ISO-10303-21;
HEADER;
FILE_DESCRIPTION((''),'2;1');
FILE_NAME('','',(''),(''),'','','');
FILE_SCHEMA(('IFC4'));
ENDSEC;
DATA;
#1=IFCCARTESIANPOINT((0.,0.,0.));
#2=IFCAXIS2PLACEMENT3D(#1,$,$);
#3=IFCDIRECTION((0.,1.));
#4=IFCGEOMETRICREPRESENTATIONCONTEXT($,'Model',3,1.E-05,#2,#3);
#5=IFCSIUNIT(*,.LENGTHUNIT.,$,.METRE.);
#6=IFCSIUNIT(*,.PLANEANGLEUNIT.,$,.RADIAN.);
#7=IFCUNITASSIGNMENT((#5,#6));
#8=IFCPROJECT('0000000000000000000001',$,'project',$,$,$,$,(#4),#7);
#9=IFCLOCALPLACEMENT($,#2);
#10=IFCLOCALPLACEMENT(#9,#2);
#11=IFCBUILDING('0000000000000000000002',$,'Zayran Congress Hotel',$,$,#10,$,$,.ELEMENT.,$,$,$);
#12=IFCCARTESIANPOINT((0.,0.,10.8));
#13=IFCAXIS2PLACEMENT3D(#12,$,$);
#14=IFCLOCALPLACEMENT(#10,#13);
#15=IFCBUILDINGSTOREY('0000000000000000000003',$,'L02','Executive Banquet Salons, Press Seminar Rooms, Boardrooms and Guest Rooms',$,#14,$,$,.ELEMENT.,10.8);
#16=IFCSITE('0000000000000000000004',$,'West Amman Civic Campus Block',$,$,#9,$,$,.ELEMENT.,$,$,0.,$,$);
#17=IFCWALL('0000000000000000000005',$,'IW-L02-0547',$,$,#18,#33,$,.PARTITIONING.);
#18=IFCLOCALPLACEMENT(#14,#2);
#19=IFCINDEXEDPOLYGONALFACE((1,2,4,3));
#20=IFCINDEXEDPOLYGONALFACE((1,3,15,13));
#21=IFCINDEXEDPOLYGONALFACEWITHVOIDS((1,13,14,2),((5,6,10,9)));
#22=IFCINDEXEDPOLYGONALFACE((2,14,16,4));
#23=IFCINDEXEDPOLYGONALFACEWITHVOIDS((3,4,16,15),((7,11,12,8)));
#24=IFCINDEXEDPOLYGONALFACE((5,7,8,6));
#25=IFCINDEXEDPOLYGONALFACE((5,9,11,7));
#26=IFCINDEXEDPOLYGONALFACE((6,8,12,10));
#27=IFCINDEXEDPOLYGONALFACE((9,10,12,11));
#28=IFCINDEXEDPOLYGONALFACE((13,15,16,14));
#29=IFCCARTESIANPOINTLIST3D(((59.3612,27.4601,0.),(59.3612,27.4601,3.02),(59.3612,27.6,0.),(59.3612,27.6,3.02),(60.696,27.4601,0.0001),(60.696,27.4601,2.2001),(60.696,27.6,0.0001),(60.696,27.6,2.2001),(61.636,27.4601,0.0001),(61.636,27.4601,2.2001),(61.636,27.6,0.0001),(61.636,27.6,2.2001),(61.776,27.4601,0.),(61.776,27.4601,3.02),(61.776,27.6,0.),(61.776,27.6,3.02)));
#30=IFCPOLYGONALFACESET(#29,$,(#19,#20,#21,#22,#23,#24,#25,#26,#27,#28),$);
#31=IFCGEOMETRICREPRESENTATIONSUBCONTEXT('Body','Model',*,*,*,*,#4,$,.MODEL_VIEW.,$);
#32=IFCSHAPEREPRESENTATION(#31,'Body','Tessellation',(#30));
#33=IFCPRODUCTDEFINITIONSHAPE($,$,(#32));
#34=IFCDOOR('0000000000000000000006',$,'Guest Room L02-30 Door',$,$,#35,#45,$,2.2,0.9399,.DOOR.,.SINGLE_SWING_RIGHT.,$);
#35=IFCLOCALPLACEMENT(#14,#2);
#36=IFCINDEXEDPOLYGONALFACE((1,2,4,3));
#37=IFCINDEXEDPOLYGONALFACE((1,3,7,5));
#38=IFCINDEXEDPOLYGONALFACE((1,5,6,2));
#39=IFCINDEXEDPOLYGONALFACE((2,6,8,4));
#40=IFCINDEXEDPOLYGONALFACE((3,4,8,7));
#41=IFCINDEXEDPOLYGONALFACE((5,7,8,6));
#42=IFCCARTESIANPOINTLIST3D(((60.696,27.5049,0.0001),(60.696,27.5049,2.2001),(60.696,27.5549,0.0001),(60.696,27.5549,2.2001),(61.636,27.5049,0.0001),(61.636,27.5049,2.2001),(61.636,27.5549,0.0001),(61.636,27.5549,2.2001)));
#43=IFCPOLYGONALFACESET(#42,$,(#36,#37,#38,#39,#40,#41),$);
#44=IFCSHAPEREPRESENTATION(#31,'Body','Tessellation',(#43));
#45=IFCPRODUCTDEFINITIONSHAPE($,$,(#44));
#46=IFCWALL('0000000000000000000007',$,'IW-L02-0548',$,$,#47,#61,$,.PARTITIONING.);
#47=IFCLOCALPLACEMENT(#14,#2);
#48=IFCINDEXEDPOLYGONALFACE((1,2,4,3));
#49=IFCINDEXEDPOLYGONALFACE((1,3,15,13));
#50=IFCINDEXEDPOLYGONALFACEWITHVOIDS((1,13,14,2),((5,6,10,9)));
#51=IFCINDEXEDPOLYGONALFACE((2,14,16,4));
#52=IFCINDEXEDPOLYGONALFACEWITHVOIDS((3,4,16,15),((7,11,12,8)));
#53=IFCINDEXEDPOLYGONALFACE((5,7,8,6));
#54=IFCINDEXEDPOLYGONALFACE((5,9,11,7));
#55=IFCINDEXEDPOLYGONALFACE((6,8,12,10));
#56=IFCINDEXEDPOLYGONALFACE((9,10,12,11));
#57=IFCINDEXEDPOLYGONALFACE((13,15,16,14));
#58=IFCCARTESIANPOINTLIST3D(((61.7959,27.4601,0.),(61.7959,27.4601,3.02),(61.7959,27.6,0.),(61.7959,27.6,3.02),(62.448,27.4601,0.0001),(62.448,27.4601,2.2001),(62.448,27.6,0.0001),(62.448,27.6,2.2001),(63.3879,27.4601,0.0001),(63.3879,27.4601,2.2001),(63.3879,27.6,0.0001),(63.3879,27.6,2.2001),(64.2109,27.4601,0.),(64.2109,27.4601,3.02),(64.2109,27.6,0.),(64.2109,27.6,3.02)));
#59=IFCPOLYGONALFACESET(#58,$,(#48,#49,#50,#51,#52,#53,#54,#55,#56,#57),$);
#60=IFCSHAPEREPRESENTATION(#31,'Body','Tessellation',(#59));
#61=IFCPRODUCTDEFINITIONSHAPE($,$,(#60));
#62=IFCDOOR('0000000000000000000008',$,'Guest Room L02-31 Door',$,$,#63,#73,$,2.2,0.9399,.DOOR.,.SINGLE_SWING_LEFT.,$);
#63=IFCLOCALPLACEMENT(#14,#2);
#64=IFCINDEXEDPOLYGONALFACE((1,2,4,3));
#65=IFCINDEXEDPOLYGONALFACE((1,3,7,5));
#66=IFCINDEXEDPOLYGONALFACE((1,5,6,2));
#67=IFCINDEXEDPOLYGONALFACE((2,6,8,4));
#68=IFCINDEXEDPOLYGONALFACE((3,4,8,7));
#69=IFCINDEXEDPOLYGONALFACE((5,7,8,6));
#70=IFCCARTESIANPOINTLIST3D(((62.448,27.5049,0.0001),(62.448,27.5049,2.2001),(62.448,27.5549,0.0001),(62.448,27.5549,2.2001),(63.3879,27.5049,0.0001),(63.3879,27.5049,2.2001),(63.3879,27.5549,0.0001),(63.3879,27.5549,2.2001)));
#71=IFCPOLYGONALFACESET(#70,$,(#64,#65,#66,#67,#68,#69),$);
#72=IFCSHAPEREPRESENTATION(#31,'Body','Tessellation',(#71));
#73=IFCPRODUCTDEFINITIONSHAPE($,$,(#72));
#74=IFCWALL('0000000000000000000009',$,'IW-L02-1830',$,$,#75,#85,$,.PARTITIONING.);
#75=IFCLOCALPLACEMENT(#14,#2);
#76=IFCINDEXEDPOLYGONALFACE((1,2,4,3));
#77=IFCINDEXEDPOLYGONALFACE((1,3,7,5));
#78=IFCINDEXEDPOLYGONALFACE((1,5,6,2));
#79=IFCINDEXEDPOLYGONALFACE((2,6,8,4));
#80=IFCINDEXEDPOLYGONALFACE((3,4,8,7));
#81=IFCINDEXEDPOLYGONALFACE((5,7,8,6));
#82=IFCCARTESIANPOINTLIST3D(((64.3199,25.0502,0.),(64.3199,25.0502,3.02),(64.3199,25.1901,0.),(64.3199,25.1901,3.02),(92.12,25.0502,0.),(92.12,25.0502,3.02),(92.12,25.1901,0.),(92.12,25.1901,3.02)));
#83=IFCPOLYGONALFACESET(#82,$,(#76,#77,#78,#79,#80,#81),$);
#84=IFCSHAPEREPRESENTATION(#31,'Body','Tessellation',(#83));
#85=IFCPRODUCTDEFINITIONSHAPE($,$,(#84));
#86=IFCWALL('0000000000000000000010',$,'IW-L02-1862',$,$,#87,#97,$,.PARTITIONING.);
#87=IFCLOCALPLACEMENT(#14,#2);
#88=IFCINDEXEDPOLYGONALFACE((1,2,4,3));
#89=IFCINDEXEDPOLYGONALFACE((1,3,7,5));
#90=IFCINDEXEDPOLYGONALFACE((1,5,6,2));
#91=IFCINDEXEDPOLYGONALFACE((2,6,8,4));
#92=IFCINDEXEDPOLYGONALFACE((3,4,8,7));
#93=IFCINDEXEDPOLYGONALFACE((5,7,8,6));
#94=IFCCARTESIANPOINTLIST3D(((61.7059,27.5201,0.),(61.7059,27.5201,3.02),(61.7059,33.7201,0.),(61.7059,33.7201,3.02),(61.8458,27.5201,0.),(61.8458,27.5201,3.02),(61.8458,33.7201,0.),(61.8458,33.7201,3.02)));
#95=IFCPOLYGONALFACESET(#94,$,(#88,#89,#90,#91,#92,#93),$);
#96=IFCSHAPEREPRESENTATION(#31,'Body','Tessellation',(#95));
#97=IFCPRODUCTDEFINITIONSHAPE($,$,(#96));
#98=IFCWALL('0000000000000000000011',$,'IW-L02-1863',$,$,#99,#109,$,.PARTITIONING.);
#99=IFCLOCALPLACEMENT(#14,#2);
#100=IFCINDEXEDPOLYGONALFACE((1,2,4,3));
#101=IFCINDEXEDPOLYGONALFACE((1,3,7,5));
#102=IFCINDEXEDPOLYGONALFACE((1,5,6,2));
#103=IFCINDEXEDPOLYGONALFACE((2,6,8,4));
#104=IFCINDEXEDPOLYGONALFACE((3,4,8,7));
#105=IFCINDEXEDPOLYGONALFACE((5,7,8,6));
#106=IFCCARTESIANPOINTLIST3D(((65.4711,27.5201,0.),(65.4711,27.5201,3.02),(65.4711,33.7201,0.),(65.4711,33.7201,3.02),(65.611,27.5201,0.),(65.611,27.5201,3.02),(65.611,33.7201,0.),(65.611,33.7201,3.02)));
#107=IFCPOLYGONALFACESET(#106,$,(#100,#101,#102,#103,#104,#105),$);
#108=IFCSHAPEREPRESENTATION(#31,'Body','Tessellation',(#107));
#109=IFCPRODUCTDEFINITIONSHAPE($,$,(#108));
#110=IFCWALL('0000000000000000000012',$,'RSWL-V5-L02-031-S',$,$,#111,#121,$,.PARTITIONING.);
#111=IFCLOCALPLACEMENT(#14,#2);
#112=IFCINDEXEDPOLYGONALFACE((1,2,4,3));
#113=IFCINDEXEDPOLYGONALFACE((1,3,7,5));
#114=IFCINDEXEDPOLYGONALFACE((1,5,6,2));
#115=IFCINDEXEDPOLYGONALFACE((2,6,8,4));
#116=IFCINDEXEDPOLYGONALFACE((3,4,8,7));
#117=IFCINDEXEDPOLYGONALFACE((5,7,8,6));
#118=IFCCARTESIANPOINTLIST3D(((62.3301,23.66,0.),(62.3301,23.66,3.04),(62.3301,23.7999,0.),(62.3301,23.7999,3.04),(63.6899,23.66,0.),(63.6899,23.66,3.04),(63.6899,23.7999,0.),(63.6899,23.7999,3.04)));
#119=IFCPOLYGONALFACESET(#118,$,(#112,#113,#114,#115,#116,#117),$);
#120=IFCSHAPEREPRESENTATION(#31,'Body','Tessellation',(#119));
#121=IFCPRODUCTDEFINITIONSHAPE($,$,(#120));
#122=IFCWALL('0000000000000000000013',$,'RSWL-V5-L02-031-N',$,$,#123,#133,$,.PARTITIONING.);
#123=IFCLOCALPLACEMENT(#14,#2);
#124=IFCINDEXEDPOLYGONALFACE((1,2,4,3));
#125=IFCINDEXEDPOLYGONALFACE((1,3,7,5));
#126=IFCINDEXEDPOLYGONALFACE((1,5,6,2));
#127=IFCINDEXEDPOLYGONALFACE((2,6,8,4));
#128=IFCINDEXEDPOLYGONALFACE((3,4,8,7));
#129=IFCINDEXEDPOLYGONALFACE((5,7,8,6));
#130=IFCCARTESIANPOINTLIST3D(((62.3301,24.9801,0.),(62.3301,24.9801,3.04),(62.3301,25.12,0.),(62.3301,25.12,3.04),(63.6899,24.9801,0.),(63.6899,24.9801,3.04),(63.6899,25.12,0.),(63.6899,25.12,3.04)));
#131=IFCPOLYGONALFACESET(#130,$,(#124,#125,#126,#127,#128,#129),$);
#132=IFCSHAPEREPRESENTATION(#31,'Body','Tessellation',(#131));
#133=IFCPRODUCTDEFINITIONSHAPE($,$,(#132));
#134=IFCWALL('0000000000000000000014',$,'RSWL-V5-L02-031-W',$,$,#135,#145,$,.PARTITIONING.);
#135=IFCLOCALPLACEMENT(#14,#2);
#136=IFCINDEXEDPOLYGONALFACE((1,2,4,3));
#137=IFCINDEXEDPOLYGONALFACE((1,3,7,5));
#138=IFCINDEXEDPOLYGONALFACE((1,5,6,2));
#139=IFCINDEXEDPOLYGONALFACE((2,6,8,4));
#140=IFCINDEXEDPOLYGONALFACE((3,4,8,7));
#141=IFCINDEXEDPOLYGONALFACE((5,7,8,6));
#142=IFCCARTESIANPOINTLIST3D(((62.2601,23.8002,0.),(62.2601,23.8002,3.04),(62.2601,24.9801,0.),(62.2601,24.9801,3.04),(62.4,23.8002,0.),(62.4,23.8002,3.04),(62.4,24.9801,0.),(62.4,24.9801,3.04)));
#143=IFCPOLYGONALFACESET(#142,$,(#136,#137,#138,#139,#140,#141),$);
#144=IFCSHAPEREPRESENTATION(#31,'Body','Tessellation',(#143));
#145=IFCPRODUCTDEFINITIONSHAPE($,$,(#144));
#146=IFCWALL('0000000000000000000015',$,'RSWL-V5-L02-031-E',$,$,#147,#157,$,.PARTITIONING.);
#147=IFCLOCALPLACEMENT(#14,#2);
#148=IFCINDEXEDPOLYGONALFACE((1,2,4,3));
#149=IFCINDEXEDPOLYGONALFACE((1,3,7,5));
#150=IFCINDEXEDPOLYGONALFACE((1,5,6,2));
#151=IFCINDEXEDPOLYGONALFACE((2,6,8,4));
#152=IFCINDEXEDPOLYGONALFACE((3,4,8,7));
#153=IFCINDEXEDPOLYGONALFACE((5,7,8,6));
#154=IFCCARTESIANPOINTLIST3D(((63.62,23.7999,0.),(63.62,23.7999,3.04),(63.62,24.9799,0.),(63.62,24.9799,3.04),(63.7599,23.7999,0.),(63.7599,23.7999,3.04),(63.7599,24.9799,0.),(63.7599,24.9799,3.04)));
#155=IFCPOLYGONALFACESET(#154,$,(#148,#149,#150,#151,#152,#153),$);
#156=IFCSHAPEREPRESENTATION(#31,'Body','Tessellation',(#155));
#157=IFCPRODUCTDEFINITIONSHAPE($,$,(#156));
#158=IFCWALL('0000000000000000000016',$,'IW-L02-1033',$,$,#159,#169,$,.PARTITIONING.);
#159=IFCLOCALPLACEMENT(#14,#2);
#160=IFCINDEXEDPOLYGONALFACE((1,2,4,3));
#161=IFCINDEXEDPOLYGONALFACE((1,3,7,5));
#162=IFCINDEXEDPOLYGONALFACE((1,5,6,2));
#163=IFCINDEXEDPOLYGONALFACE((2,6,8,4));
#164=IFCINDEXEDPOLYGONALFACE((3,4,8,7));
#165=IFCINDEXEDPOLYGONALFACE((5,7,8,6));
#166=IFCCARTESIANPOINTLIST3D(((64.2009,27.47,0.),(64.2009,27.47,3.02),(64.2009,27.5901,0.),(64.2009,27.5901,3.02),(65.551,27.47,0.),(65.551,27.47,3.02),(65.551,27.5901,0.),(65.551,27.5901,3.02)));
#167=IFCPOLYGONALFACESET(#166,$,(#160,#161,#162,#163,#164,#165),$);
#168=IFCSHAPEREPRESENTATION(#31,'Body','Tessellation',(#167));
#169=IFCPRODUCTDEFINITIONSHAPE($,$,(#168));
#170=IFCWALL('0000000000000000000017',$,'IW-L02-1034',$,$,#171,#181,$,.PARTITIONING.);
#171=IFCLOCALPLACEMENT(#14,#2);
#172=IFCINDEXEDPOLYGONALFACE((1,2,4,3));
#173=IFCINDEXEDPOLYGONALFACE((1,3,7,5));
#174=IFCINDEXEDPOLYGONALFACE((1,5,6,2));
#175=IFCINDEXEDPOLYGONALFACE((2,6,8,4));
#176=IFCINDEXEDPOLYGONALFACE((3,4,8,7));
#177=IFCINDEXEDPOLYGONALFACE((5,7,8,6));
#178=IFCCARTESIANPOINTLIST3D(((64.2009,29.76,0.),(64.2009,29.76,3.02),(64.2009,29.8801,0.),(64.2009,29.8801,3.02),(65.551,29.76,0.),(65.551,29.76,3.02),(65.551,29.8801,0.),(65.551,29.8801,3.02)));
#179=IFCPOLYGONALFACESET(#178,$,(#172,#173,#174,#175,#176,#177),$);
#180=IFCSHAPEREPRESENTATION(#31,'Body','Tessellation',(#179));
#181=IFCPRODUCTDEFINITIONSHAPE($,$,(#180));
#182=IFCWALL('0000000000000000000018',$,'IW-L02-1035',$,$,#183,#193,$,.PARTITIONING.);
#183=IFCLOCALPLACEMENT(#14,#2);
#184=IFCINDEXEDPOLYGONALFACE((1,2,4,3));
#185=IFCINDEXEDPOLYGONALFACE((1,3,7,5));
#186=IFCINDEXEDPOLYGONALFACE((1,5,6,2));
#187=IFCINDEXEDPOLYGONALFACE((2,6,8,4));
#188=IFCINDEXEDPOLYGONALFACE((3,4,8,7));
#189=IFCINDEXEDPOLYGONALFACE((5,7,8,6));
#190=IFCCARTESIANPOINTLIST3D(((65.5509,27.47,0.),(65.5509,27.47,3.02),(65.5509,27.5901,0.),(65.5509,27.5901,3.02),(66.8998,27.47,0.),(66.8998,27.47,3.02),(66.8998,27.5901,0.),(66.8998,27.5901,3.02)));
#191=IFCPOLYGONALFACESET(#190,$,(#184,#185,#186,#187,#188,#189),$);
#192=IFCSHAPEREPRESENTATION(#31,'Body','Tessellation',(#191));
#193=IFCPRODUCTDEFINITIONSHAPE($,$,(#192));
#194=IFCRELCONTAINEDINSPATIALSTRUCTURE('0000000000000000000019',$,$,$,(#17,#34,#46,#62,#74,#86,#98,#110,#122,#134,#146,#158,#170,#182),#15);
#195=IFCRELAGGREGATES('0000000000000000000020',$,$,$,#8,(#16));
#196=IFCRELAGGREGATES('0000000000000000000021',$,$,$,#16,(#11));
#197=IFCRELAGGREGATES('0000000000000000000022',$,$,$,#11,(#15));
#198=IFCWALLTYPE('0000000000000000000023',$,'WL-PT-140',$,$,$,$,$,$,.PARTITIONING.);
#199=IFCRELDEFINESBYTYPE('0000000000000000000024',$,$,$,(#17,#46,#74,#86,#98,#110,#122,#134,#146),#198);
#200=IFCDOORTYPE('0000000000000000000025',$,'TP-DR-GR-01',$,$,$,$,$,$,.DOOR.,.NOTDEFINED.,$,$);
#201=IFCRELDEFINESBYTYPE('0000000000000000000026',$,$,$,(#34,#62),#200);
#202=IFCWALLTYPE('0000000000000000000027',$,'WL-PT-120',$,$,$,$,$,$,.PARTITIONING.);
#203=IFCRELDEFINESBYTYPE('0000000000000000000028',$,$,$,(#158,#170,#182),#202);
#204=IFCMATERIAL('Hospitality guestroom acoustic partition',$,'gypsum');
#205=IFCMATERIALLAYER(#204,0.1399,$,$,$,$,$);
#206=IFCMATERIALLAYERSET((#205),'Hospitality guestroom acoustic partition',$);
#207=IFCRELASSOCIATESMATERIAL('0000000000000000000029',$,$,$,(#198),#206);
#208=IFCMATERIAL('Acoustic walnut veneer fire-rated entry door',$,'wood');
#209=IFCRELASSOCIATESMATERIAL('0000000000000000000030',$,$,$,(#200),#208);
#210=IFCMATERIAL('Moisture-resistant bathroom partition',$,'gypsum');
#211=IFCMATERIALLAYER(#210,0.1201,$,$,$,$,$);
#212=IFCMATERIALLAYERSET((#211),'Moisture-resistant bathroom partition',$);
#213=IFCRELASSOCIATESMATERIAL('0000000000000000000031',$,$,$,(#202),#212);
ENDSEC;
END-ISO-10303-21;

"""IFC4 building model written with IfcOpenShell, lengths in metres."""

from ifc_helpers import new_model, si_unit, direction, frame, frame_2d, origin, place, context, subcontext, project, spatial, rectangle, extrude, material, layer, layer_set, type_object, element, fill, save


model = new_model("IFC4")

# Units and contexts
model_context = context("Model", 3, precision=1e-05, world=origin(), true_north=direction((0.0, 1.0)))
body_context = subcontext(model_context, "Body", "Model", "MODEL_VIEW")
ifc_project = project(units=[si_unit("LENGTHUNIT", "METRE"), si_unit("PLANEANGLEUNIT", "RADIAN")], contexts=[model_context])

# Site, building, storey
site_placement = place(None, origin())
site = spatial("IfcSite", under=ifc_project, at=site_placement, Name="West Amman Civic Campus Block", CompositionType="ELEMENT", RefElevation=0.0)
building_placement = place(site_placement, origin())
building = spatial("IfcBuilding", under=site, at=building_placement, Name="Zayran Congress Hotel", CompositionType="ELEMENT")
storey_placement = place(building_placement, frame((0.0, 0.0, 10.8)))
storey = spatial("IfcBuildingStorey", under=building, at=storey_placement, Name="L02", Description="Executive Banquet Salons, Press Seminar Rooms, Boardrooms and Guest Rooms", CompositionType="ELEMENT", Elevation=10.8)

# Walls, openings, doors
ifc_material_1 = material(Name="Hospitality guestroom acoustic partition", Category="gypsum")
ifc_layer_1 = layer(ifc_material_1, 0.1399)
ifc_layer_set_1 = layer_set([ifc_layer_1], Name="Hospitality guestroom acoustic partition")
wall_type_1 = type_object("IfcWallType", Name="WL-PT-140", PredefinedType="PARTITIONING", material=ifc_layer_set_1)
wall_1_placement = place(storey_placement, frame((59.3611, 27.53, 0.0), z_axis=(0.0, 0.0, 1.0), x_axis=(1.0, 0.0, 0.0)))
wall_1 = element("IfcWall", 1, at=wall_1_placement, inside=storey, type_object=wall_type_1, Name="IW-L02-0547", PredefinedType="PARTITIONING", context=body_context, shape_type="SweptSolid", body=[
    extrude(rectangle(XDim=2.4148, YDim=0.1399, at=frame_2d((1.2075, 0.0))), origin(), (0.0, 0.0, 1.0), 3.02),
])
opening_1_placement = place(wall_1_placement, frame((1.335, 0.0, 0.0)))
opening_1 = element("IfcOpeningElement", 2, at=opening_1_placement, cuts=wall_1, PredefinedType="OPENING", context=body_context, shape_type="SweptSolid", body=[
    extrude(rectangle(XDim=0.9399, YDim=2.2, at=frame_2d((0.47, 1.1001))), frame((0.0, 0.0798, 0.0), z_axis=(0.0, -1.0, 0.0), x_axis=(1.0, 0.0, 0.0)), (0.0, 0.0, 1.0), 0.1599),
])
ifc_material_2 = material(Name="Acoustic walnut veneer fire-rated entry door", Category="wood")
door_type_1 = type_object("IfcDoorType", Name="TP-DR-GR-01", OperationType="NOTDEFINED", PredefinedType="DOOR", material=ifc_material_2)
door_1_placement = place(opening_1_placement, origin())
door_1 = element("IfcDoor", 3, at=door_1_placement, inside=storey, type_object=door_type_1, Name="Guest Room L02-30 Door", OperationType="SINGLE_SWING_RIGHT", OverallHeight=2.2, OverallWidth=0.9399, PredefinedType="DOOR", context=body_context, shape_type="SweptSolid", body=[
    extrude(rectangle(XDim=0.9399, YDim=2.2, at=frame_2d((0.47, 1.1001))), frame((0.0, 0.0249, 0.0), z_axis=(0.0, -1.0, 0.0), x_axis=(1.0, 0.0, 0.0)), (0.0, 0.0, 1.0), 0.05),
])
fill(opening_1, door_1)
wall_2_placement = place(storey_placement, frame((61.7959, 27.53, 0.0), z_axis=(0.0, 0.0, 1.0), x_axis=(1.0, 0.0, 0.0)))
wall_2 = element("IfcWall", 4, at=wall_2_placement, inside=storey, type_object=wall_type_1, Name="IW-L02-0548", PredefinedType="PARTITIONING", context=body_context, shape_type="SweptSolid", body=[
    extrude(rectangle(XDim=2.415, YDim=0.1399, at=frame_2d((1.2075, 0.0))), origin(), (0.0, 0.0, 1.0), 3.02),
])
opening_2_placement = place(wall_2_placement, frame((0.6521, 0.0, 0.0)))
opening_2 = element("IfcOpeningElement", 5, at=opening_2_placement, cuts=wall_2, PredefinedType="OPENING", context=body_context, shape_type="SweptSolid", body=[
    extrude(rectangle(XDim=0.9399, YDim=2.2, at=frame_2d((0.47, 1.1001))), frame((0.0, 0.0798, 0.0), z_axis=(0.0, -1.0, 0.0), x_axis=(1.0, 0.0, 0.0)), (0.0, 0.0, 1.0), 0.1599),
])
door_2_placement = place(opening_2_placement, origin())
door_2 = element("IfcDoor", 6, at=door_2_placement, inside=storey, type_object=door_type_1, Name="Guest Room L02-31 Door", OperationType="SINGLE_SWING_LEFT", OverallHeight=2.2, OverallWidth=0.9399, PredefinedType="DOOR", context=body_context, shape_type="SweptSolid", body=[
    extrude(rectangle(XDim=0.9399, YDim=2.2, at=frame_2d((0.47, 1.1001))), frame((0.0, 0.0249, 0.0), z_axis=(0.0, -1.0, 0.0), x_axis=(1.0, 0.0, 0.0)), (0.0, 0.0, 1.0), 0.05),
])
fill(opening_2, door_2)

# Walls
wall_3_placement = place(storey_placement, frame((64.3201, 25.1201, 0.0), z_axis=(0.0, 0.0, 1.0), x_axis=(1.0, 0.0, 0.0)))
element("IfcWall", 7, at=wall_3_placement, inside=storey, type_object=wall_type_1, Name="IW-L02-1830", PredefinedType="PARTITIONING", context=body_context, shape_type="SweptSolid", body=[
    extrude(rectangle(XDim=27.8, YDim=0.1399, at=frame_2d((13.8999, 0.0))), origin(), (0.0, 0.0, 1.0), 3.02),
])
for number, where, z_axis, x_axis, name in (
    (8, (61.7759, 27.52, 0.0), (0.0, 0.0, 1.0), (0.0, 1.0, 0.0), "IW-L02-1862"),
    (9, (65.541, 27.52, 0.0), (0.0, 0.0, 1.0), (0.0, 1.0, 0.0), "IW-L02-1863"),
):
    element("IfcWall", number, at=place(storey_placement, frame(where, z_axis=z_axis, x_axis=x_axis)), inside=storey, type_object=wall_type_1, Name=name, PredefinedType="PARTITIONING", context=body_context, shape_type="SweptSolid", body=[
        extrude(rectangle(XDim=6.2, YDim=0.1399, at=frame_2d((3.1001, 0.0))), origin(), (0.0, 0.0, 1.0), 3.02),
    ])
for number, where, z_axis, x_axis, name in (
    (10, (62.3301, 23.73, 0.0), (0.0, 0.0, 1.0), (1.0, 0.0, 0.0), "RSWL-V5-L02-031-S"),
    (11, (63.6899, 25.05, 0.0), (0.0, 0.0, 1.0), (-1.0, 0.0, 0.0), "RSWL-V5-L02-031-N"),
):
    element("IfcWall", number, at=place(storey_placement, frame(where, z_axis=z_axis, x_axis=x_axis)), inside=storey, type_object=wall_type_1, Name=name, PredefinedType="PARTITIONING", context=body_context, shape_type="SweptSolid", body=[
        extrude(rectangle(XDim=1.3599, YDim=0.1399, at=frame_2d((0.6799, 0.0))), origin(), (0.0, 0.0, 1.0), 3.04),
    ])
for number, where, z_axis, x_axis, name in (
    (12, (62.3301, 24.98, 0.0), (0.0, 0.0, 1.0), (0.0, -1.0, 0.0), "RSWL-V5-L02-031-W"),
    (13, (63.6899, 23.8, 0.0), (0.0, 0.0, 1.0), (0.0, 1.0, 0.0), "RSWL-V5-L02-031-E"),
):
    element("IfcWall", number, at=place(storey_placement, frame(where, z_axis=z_axis, x_axis=x_axis)), inside=storey, type_object=wall_type_1, Name=name, PredefinedType="PARTITIONING", context=body_context, shape_type="SweptSolid", body=[
        extrude(rectangle(XDim=1.1799, YDim=0.1399, at=frame_2d((0.5898, 0.0))), origin(), (0.0, 0.0, 1.0), 3.04),
    ])

# Shared definitions
ifc_material_3 = material(Name="Moisture-resistant bathroom partition", Category="gypsum")
ifc_layer_2 = layer(ifc_material_3, 0.1201)
ifc_layer_set_2 = layer_set([ifc_layer_2], Name="Moisture-resistant bathroom partition")
wall_type_2 = type_object("IfcWallType", Name="WL-PT-120", PredefinedType="PARTITIONING", material=ifc_layer_set_2)

# Walls
for number, where, z_axis, x_axis, name in (
    (14, (64.2009, 27.53, 0.0), (0.0, 0.0, 1.0), (1.0, 0.0, 0.0), "IW-L02-1033"),
    (15, (64.2009, 29.8201, 0.0), (0.0, 0.0, 1.0), (1.0, 0.0, 0.0), "IW-L02-1034"),
):
    element("IfcWall", number, at=place(storey_placement, frame(where, z_axis=z_axis, x_axis=x_axis)), inside=storey, type_object=wall_type_2, Name=name, PredefinedType="PARTITIONING", context=body_context, shape_type="SweptSolid", body=[
        extrude(rectangle(XDim=1.3501, YDim=0.1201, at=frame_2d((0.675, 0.0))), origin(), (0.0, 0.0, 1.0), 3.02),
    ])
for number, where, z_axis, x_axis, name in (
    (16, (65.551, 27.53, 0.0), (0.0, 0.0, 1.0), (1.0, 0.0, 0.0), "IW-L02-1035"),
):
    element("IfcWall", number, at=place(storey_placement, frame(where, z_axis=z_axis, x_axis=x_axis)), inside=storey, type_object=wall_type_2, Name=name, PredefinedType="PARTITIONING", context=body_context, shape_type="SweptSolid", body=[
        extrude(rectangle(XDim=1.3489, YDim=0.1201, at=frame_2d((0.6743, 0.0))), origin(), (0.0, 0.0, 1.0), 3.02),
    ])

save(model, "model.ifc")
